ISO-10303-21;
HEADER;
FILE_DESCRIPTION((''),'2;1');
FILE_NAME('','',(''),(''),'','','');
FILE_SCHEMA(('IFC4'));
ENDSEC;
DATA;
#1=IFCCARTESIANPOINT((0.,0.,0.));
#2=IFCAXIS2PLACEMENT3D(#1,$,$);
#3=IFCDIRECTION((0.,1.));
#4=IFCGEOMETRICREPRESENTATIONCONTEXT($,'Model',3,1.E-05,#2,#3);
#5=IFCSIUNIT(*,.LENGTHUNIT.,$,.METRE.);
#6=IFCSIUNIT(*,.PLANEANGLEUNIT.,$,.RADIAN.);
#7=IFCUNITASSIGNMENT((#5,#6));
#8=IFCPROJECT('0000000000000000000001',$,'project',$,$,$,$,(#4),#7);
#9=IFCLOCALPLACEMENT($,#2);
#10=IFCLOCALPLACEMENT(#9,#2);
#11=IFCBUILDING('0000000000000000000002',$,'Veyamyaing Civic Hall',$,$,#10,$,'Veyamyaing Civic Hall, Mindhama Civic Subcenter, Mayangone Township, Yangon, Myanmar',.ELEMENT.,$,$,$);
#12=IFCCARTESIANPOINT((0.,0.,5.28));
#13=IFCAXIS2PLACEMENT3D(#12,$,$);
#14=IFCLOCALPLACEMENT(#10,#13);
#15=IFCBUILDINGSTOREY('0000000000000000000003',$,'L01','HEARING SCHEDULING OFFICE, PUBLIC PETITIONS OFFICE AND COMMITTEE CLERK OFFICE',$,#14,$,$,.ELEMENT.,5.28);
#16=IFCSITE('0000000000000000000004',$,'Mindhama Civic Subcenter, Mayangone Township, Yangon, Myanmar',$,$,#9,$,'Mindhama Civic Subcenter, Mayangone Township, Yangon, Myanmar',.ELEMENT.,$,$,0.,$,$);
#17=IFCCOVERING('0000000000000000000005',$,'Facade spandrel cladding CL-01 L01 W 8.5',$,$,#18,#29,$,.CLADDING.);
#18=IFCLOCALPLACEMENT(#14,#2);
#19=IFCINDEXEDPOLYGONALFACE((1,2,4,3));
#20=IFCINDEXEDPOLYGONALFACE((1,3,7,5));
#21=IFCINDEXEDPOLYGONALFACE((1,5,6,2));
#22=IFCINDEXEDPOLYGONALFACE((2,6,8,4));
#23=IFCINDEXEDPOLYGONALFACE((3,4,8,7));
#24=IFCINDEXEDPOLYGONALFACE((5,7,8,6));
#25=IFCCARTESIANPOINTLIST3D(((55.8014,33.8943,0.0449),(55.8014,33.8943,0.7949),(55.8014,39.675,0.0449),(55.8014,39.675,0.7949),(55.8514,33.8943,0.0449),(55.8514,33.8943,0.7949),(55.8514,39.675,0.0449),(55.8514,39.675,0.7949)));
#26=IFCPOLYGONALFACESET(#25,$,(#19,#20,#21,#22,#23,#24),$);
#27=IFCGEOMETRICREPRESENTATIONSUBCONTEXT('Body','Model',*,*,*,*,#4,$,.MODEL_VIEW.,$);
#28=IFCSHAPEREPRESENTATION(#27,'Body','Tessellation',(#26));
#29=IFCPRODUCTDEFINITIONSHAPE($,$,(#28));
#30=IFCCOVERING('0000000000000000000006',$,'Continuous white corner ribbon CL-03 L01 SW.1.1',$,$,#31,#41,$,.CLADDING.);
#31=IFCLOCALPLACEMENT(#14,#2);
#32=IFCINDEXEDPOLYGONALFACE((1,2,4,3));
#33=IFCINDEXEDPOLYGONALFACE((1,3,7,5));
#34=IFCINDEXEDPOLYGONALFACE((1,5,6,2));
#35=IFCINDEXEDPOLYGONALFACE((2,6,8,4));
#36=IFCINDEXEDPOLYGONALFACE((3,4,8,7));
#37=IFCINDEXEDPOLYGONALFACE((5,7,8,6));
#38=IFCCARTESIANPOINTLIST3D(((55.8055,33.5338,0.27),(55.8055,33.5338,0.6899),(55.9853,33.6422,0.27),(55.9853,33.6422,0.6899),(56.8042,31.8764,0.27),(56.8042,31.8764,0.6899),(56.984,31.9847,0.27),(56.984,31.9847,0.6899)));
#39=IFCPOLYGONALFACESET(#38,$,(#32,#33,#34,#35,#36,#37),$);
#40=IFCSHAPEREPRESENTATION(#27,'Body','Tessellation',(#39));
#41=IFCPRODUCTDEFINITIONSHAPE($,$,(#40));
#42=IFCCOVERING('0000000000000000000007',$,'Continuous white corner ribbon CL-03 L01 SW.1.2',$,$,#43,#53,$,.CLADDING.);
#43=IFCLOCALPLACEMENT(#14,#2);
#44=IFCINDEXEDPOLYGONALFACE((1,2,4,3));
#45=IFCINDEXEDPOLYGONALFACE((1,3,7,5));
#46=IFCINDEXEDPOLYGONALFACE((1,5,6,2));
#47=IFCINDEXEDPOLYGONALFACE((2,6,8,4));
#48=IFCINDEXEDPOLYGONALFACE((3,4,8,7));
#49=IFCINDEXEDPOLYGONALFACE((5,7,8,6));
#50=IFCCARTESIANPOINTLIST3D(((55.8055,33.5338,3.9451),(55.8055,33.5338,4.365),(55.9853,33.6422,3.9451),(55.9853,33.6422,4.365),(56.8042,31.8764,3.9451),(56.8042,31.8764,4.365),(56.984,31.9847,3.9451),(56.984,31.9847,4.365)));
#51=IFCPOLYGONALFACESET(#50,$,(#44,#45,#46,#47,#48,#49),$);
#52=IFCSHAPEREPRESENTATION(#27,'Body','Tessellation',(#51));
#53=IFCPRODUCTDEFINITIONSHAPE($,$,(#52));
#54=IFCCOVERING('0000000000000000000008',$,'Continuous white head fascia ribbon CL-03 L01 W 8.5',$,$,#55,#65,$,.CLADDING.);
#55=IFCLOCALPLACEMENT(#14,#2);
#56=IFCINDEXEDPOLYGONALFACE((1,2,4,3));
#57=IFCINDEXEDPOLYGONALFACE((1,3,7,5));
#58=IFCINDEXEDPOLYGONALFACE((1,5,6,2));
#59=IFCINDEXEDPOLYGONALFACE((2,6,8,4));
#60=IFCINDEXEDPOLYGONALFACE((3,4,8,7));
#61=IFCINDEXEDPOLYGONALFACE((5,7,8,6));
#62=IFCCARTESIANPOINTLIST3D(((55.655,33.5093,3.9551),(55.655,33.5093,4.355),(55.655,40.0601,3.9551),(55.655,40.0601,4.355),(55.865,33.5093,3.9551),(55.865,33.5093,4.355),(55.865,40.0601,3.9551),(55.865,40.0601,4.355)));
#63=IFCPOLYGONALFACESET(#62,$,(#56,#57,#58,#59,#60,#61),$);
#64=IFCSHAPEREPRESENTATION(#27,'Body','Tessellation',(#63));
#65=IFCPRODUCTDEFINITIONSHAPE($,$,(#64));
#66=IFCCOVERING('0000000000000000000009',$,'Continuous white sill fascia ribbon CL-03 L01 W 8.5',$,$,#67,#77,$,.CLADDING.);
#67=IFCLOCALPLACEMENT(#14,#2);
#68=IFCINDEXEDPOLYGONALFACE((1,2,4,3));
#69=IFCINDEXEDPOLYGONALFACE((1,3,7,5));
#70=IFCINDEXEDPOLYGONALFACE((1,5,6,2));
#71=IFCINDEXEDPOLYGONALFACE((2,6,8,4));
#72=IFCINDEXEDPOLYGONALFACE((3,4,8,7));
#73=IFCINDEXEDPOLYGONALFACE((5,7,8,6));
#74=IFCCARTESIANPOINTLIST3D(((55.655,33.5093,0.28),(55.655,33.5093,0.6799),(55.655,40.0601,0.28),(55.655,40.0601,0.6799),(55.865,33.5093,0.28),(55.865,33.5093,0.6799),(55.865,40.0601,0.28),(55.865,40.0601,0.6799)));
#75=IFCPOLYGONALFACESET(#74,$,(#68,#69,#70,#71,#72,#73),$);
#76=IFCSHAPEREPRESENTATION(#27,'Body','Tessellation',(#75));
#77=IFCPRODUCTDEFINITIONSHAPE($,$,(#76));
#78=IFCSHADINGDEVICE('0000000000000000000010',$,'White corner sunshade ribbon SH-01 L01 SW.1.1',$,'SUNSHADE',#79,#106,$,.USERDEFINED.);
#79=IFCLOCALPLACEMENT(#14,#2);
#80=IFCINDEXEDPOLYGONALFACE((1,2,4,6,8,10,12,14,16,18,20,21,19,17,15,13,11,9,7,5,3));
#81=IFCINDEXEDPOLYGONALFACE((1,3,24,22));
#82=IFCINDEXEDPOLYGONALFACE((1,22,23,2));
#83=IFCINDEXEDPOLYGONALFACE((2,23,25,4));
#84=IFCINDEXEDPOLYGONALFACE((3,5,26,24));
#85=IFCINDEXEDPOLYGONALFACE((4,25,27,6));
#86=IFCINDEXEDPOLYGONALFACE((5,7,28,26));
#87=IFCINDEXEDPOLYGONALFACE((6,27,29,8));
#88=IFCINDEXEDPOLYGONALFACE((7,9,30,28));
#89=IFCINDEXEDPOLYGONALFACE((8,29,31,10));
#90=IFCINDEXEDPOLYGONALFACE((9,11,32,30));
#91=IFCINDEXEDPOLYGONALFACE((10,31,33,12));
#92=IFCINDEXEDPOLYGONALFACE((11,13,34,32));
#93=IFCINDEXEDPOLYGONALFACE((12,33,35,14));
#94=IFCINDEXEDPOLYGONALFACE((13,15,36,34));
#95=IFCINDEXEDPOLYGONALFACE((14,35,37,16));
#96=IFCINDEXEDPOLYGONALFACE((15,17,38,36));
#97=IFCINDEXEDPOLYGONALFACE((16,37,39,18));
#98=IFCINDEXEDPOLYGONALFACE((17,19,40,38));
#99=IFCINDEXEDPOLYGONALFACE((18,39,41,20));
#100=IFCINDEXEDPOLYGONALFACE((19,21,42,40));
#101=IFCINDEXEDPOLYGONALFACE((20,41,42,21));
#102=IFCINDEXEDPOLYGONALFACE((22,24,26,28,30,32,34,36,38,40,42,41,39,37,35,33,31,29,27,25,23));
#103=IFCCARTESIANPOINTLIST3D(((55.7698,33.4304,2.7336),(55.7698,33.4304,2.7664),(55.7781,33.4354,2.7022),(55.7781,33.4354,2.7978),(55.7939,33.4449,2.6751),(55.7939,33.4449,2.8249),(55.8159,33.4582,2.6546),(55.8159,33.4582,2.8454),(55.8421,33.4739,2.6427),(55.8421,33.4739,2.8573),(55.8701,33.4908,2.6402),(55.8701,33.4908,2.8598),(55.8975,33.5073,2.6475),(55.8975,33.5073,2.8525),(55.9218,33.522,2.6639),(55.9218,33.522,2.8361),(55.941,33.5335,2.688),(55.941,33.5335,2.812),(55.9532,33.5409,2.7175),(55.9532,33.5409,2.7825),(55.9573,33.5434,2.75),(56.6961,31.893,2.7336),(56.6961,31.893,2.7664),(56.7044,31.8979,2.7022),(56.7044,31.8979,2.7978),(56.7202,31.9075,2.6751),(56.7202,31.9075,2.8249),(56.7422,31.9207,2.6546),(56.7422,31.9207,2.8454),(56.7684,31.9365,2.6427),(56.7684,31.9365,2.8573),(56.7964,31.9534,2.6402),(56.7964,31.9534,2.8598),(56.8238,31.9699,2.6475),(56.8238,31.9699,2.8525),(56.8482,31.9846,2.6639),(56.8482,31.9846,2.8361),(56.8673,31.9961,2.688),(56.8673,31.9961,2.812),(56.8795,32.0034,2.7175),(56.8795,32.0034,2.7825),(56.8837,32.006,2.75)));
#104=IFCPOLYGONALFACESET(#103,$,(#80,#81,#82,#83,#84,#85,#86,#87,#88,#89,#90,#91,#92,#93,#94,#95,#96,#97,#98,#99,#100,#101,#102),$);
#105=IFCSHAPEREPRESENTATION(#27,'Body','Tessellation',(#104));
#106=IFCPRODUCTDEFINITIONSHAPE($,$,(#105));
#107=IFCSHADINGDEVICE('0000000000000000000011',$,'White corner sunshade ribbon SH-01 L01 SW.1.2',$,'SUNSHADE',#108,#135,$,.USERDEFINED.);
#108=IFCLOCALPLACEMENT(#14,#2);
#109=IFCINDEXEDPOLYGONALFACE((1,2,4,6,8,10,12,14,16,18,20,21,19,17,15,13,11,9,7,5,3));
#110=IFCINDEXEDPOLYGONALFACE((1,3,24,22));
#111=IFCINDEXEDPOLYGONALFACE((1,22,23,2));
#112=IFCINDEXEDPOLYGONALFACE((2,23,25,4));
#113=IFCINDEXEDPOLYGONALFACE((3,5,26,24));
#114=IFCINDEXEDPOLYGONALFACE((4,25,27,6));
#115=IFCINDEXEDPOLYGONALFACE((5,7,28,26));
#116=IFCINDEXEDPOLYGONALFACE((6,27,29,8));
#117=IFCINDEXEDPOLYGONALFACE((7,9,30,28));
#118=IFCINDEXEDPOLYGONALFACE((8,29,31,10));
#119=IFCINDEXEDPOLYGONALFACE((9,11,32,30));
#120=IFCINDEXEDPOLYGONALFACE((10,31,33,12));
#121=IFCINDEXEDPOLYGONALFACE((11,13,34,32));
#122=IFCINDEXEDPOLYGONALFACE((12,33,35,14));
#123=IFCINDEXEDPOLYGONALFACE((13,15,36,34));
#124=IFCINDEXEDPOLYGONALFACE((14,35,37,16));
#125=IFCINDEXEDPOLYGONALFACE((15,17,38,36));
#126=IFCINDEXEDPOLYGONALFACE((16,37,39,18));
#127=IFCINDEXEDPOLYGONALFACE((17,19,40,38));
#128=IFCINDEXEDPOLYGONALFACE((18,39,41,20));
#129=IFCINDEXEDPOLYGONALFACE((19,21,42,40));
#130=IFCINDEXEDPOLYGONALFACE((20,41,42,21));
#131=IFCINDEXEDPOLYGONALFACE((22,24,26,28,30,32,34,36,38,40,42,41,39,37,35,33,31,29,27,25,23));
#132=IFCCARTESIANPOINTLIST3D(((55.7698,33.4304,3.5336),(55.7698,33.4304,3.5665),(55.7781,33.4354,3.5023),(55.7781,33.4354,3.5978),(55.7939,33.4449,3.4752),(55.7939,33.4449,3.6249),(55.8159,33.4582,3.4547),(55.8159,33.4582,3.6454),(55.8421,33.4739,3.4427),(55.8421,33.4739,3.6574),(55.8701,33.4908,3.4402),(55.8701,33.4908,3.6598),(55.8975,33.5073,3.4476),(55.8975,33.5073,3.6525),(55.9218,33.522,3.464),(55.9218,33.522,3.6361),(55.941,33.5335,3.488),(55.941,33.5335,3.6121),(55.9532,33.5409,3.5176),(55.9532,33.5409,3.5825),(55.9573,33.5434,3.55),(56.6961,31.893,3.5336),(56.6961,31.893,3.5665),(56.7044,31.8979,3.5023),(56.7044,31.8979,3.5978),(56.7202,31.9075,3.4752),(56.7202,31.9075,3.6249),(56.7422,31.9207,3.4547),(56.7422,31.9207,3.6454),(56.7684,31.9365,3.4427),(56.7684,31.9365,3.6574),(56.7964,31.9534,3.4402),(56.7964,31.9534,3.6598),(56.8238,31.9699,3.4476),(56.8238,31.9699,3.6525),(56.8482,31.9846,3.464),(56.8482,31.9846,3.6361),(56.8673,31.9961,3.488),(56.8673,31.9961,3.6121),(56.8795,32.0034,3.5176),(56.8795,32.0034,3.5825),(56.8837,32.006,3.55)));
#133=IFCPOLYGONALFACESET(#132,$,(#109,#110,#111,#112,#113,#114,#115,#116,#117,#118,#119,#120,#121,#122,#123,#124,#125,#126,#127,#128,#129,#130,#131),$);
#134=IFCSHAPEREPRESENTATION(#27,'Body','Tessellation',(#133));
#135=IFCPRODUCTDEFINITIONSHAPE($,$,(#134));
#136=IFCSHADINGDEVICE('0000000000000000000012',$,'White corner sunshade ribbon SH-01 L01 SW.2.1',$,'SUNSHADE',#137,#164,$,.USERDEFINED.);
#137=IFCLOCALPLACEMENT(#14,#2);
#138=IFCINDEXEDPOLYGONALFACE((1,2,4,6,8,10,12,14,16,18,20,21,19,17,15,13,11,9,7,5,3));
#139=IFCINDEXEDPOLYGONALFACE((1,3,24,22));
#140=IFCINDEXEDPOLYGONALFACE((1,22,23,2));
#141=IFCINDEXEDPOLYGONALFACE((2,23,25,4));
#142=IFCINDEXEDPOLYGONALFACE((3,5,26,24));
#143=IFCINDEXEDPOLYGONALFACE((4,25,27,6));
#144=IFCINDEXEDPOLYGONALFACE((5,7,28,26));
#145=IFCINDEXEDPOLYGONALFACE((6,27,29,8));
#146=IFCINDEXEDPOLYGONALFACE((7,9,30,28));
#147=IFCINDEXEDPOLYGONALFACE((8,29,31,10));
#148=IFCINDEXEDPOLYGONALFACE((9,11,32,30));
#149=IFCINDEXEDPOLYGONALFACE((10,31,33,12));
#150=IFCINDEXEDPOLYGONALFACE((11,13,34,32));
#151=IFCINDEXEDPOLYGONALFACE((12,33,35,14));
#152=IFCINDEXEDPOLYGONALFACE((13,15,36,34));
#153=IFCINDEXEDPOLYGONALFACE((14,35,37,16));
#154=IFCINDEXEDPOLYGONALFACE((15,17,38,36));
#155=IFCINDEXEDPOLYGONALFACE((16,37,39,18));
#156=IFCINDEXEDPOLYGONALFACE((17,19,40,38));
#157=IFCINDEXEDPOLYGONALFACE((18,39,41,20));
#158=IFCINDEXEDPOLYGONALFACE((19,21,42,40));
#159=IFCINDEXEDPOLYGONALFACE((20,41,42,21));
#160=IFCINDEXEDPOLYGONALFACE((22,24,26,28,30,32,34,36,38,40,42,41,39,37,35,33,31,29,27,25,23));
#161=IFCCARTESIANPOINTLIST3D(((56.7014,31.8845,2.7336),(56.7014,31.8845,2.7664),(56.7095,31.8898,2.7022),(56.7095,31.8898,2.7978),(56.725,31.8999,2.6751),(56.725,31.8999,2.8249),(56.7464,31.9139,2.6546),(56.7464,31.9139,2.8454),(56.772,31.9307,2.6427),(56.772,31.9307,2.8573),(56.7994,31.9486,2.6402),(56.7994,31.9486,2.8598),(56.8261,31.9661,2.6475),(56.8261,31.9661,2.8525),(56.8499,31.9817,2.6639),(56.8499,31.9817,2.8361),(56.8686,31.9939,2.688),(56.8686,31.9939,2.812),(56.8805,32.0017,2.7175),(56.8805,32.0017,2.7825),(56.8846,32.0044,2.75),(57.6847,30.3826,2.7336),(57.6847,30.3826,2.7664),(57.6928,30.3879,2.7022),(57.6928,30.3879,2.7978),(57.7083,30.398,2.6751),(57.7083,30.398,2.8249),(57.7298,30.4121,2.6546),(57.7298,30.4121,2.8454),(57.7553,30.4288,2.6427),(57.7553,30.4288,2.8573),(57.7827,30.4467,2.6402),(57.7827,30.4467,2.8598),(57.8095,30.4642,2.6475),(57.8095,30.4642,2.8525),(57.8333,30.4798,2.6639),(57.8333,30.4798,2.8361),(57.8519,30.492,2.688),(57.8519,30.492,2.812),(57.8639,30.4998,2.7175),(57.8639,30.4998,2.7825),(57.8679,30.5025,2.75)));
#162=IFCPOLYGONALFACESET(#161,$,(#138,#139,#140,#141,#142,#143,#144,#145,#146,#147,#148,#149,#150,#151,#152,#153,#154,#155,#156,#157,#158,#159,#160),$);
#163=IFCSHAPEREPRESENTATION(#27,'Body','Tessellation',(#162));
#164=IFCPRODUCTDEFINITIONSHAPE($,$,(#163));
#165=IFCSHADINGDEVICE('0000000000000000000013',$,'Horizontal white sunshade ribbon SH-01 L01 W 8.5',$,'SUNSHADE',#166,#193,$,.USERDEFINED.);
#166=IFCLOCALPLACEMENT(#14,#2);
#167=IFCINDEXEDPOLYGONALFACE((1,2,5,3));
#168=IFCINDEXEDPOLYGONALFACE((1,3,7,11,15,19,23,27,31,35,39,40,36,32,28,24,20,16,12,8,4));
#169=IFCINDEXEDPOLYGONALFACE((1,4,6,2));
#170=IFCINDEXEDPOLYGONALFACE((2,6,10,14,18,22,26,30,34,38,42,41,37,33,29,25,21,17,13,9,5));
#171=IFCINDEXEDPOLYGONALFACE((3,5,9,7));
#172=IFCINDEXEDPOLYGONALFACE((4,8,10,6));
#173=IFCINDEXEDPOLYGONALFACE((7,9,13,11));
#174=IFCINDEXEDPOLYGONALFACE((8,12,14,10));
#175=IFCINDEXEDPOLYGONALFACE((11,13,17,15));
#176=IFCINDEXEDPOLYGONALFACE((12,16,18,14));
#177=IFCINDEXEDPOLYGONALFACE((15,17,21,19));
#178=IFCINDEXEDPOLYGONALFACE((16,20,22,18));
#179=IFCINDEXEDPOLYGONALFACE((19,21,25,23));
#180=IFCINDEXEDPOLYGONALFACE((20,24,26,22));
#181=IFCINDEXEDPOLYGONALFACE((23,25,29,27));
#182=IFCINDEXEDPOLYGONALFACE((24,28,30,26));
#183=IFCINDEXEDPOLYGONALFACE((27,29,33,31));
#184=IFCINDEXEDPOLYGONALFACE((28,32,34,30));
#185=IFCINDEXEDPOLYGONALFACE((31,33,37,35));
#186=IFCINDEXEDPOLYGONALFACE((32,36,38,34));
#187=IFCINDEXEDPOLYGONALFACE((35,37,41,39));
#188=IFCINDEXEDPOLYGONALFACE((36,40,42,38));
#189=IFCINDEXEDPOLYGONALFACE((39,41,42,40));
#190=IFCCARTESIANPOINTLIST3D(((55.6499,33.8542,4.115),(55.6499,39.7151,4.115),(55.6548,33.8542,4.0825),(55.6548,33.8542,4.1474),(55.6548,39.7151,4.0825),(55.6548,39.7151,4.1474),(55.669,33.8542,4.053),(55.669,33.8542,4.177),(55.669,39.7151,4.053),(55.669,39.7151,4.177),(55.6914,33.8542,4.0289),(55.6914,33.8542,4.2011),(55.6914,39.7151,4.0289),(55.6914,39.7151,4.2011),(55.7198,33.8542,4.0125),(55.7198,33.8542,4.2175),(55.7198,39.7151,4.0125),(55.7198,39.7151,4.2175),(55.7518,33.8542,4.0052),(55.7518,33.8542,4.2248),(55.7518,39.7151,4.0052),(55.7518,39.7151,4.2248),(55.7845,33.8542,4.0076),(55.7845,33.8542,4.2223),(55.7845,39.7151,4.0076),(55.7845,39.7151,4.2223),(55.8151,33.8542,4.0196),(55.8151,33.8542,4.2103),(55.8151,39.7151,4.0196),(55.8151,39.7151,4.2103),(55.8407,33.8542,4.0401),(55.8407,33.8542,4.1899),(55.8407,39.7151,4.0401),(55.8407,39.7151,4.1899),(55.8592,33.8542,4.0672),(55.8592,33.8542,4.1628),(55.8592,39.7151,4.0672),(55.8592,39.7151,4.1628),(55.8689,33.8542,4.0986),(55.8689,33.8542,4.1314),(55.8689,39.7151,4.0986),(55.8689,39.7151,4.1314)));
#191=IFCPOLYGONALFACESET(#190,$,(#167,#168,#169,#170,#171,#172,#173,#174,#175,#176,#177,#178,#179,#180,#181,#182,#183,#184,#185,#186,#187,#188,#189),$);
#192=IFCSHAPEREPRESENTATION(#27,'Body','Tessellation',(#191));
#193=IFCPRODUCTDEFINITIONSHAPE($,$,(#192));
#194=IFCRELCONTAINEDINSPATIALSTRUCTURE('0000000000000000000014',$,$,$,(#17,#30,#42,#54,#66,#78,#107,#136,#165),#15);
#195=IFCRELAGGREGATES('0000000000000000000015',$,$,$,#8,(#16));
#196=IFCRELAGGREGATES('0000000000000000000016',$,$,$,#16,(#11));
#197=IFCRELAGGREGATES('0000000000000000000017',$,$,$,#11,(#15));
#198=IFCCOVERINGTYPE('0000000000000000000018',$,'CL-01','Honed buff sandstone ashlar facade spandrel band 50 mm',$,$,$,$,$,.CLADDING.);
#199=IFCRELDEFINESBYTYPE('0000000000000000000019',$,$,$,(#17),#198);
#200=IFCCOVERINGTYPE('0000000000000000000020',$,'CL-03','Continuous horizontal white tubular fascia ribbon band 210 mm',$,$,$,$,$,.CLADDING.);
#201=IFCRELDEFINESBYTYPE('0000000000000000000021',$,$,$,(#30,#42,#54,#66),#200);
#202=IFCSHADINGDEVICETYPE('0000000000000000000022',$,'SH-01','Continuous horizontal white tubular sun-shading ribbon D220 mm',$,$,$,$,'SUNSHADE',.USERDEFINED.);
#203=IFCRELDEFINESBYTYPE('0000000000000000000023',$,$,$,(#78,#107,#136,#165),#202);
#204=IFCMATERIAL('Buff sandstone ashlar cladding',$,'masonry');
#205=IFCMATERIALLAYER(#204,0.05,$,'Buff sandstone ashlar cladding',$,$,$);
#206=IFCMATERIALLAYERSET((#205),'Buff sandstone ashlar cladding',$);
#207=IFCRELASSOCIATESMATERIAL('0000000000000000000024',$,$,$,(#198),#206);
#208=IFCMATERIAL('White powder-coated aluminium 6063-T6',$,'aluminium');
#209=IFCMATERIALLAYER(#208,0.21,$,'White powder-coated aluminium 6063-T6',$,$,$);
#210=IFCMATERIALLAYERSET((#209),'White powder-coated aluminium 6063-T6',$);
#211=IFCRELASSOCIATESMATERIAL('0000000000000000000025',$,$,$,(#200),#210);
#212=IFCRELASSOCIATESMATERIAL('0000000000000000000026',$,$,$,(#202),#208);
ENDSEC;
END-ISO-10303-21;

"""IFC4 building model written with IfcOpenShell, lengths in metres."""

from ifc_helpers import new_model, si_unit, direction, frame, origin, origin_2d, place, context, subcontext, project, spatial, rectangle, circle, extrude, material, layer, layer_set, material_profile, profile_set, type_object, element, save


model = new_model("IFC4")

# Units and contexts
model_context = context("Model", 3, precision=1e-05, world=origin(), true_north=direction((0.0, 1.0)))
body_context = subcontext(model_context, "Body", "Model", "MODEL_VIEW")
ifc_project = project(units=[si_unit("LENGTHUNIT", "METRE"), si_unit("PLANEANGLEUNIT", "RADIAN")], contexts=[model_context])

# Site, building, storey
site_placement = place(None, origin())
site = spatial("IfcSite", under=ifc_project, at=site_placement, Name="Mindhama Civic Subcenter, Mayangone Township, Yangon, Myanmar", LongName="Mindhama Civic Subcenter, Mayangone Township, Yangon, Myanmar", CompositionType="ELEMENT", RefElevation=0.0)
building_placement = place(site_placement, origin())
building = spatial("IfcBuilding", under=site, at=building_placement, Name="Veyamyaing Civic Hall", LongName="Veyamyaing Civic Hall, Mindhama Civic Subcenter, Mayangone Township, Yangon, Myanmar", CompositionType="ELEMENT")
storey_placement = place(building_placement, frame((0.0, 0.0, 5.28)))
storey = spatial("IfcBuildingStorey", under=building, at=storey_placement, Name="L01", Description="HEARING SCHEDULING OFFICE, PUBLIC PETITIONS OFFICE AND COMMITTEE CLERK OFFICE", CompositionType="ELEMENT", Elevation=5.28)

# Coverings
ifc_material_1 = material(Name="Buff sandstone ashlar cladding", Category="masonry")
ifc_layer_1 = layer(ifc_material_1, 0.05, Name="Buff sandstone ashlar cladding")
ifc_layer_set_1 = layer_set([ifc_layer_1], Name="Buff sandstone ashlar cladding")
covering_type_1 = type_object("IfcCoveringType", Name="CL-01", Description="Honed buff sandstone ashlar facade spandrel band 50 mm", PredefinedType="CLADDING", material=ifc_layer_set_1)
covering_placement = place(storey_placement, frame((55.8264, 36.7847, 0.0449), z_axis=(0.0, 0.0, 1.0), x_axis=(0.0, 1.0, 0.0)))
element("IfcCovering", 1, at=covering_placement, inside=storey, type_object=covering_type_1, Name="Facade spandrel cladding CL-01 L01 W 8.5", PredefinedType="CLADDING", context=body_context, shape_type="SweptSolid", body=[
    extrude(rectangle(XDim=5.7808, YDim=0.05, at=origin_2d()), origin(), (0.0, 0.0, 1.0), 0.75),
])
ifc_material_2 = material(Name="White powder-coated aluminium 6063-T6", Category="aluminium")
ifc_layer_2 = layer(ifc_material_2, 0.21, Name="White powder-coated aluminium 6063-T6")
ifc_layer_set_2 = layer_set([ifc_layer_2], Name="White powder-coated aluminium 6063-T6")
covering_type_2 = type_object("IfcCoveringType", Name="CL-03", Description="Continuous horizontal white tubular fascia ribbon band 210 mm", PredefinedType="CLADDING", material=ifc_layer_set_2)
for number, where, z_axis, x_axis, name in (
    (2, (56.3948, 32.7593, 0.27), (0.0, 0.0, 1.0), (0.516107, -0.856524, 0.0), "Continuous white corner ribbon CL-03 L01 SW.1.1"),
    (3, (56.3948, 32.7593, 3.9451), (0.0, 0.0, 1.0), (0.516107, -0.856524, 0.0), "Continuous white corner ribbon CL-03 L01 SW.1.2"),
):
    element("IfcCovering", number, at=place(storey_placement, frame(where, z_axis=z_axis, x_axis=x_axis)), inside=storey, type_object=covering_type_2, Name=name, PredefinedType="CLADDING", context=body_context, shape_type="SweptSolid", body=[
        extrude(rectangle(XDim=1.9351, YDim=0.21, at=origin_2d()), origin(), (0.0, 0.0, 1.0), 0.4199),
    ])
for number, where, z_axis, x_axis, name in (
    (4, (55.76, 36.7847, 3.9551), (0.0, 0.0, 1.0), (0.0, 1.0, 0.0), "Continuous white head fascia ribbon CL-03 L01 W 8.5"),
    (5, (55.76, 36.7847, 0.28), (0.0, 0.0, 1.0), (0.0, 1.0, 0.0), "Continuous white sill fascia ribbon CL-03 L01 W 8.5"),
):
    element("IfcCovering", number, at=place(storey_placement, frame(where, z_axis=z_axis, x_axis=x_axis)), inside=storey, type_object=covering_type_2, Name=name, PredefinedType="CLADDING", context=body_context, shape_type="SweptSolid", body=[
        extrude(rectangle(XDim=6.5508, YDim=0.21, at=origin_2d()), origin(), (0.0, 0.0, 1.0), 0.3999),
    ])

# Shading devices
ifc_material_profile_1 = material_profile(ifc_material_2, circle(Radius=0.1101, at=origin_2d()), Name="SHADE-TUBE-220")
ifc_profile_set_1 = profile_set([ifc_material_profile_1], Name="White powder-coated aluminium 6063-T6")
shading_device_type = type_object("IfcShadingDeviceType", Name="SH-01", Description="Continuous horizontal white tubular sun-shading ribbon D220 mm", ElementType="SUNSHADE", PredefinedType="USERDEFINED", material=ifc_profile_set_1)
for number, where, z_axis, x_axis, name in (
    (6, (55.863, 33.4866, 2.75), (0.516075, -0.856543, 0.0), (0.856543, 0.516075, 0.0), "White corner sunshade ribbon SH-01 L01 SW.1.1"),
    (7, (55.863, 33.4866, 3.55), (0.516075, -0.856543, 0.0), (0.856543, 0.516075, 0.0), "White corner sunshade ribbon SH-01 L01 SW.1.2"),
):
    element("IfcShadingDevice", number, at=place(storey_placement, frame(where, z_axis=z_axis, x_axis=x_axis)), inside=storey, type_object=shading_device_type, Name=name, ObjectType="SUNSHADE", PredefinedType="USERDEFINED", context=body_context, shape_type="SweptSolid", body=[
        extrude(circle(Radius=0.1101, at=origin_2d()), origin(), (0.0, 0.0, 1.0), 1.7949),
    ])
shading_device_1_placement = place(storey_placement, frame((56.7925, 31.9441, 2.75), z_axis=(0.547777, -0.836624, 0.0), x_axis=(0.836624, 0.547777, 0.0)))
element("IfcShadingDevice", 8, at=shading_device_1_placement, inside=storey, type_object=shading_device_type, Name="White corner sunshade ribbon SH-01 L01 SW.2.1", ObjectType="SUNSHADE", PredefinedType="USERDEFINED", context=body_context, shape_type="SweptSolid", body=[
    extrude(circle(Radius=0.1101, at=origin_2d()), origin(), (0.0, 0.0, 1.0), 1.7952),
])
shading_device_2_placement = place(storey_placement, frame((55.76, 33.8542, 4.115), z_axis=(0.0, 1.0, 0.0), x_axis=(-1.0, 0.0, 0.0)))
element("IfcShadingDevice", 9, at=shading_device_2_placement, inside=storey, type_object=shading_device_type, Name="Horizontal white sunshade ribbon SH-01 L01 W 8.5", ObjectType="SUNSHADE", PredefinedType="USERDEFINED", context=body_context, shape_type="SweptSolid", body=[
    extrude(circle(Radius=0.1101, at=origin_2d()), origin(), (0.0, 0.0, 1.0), 5.8608),
])

save(model, "model.ifc")
